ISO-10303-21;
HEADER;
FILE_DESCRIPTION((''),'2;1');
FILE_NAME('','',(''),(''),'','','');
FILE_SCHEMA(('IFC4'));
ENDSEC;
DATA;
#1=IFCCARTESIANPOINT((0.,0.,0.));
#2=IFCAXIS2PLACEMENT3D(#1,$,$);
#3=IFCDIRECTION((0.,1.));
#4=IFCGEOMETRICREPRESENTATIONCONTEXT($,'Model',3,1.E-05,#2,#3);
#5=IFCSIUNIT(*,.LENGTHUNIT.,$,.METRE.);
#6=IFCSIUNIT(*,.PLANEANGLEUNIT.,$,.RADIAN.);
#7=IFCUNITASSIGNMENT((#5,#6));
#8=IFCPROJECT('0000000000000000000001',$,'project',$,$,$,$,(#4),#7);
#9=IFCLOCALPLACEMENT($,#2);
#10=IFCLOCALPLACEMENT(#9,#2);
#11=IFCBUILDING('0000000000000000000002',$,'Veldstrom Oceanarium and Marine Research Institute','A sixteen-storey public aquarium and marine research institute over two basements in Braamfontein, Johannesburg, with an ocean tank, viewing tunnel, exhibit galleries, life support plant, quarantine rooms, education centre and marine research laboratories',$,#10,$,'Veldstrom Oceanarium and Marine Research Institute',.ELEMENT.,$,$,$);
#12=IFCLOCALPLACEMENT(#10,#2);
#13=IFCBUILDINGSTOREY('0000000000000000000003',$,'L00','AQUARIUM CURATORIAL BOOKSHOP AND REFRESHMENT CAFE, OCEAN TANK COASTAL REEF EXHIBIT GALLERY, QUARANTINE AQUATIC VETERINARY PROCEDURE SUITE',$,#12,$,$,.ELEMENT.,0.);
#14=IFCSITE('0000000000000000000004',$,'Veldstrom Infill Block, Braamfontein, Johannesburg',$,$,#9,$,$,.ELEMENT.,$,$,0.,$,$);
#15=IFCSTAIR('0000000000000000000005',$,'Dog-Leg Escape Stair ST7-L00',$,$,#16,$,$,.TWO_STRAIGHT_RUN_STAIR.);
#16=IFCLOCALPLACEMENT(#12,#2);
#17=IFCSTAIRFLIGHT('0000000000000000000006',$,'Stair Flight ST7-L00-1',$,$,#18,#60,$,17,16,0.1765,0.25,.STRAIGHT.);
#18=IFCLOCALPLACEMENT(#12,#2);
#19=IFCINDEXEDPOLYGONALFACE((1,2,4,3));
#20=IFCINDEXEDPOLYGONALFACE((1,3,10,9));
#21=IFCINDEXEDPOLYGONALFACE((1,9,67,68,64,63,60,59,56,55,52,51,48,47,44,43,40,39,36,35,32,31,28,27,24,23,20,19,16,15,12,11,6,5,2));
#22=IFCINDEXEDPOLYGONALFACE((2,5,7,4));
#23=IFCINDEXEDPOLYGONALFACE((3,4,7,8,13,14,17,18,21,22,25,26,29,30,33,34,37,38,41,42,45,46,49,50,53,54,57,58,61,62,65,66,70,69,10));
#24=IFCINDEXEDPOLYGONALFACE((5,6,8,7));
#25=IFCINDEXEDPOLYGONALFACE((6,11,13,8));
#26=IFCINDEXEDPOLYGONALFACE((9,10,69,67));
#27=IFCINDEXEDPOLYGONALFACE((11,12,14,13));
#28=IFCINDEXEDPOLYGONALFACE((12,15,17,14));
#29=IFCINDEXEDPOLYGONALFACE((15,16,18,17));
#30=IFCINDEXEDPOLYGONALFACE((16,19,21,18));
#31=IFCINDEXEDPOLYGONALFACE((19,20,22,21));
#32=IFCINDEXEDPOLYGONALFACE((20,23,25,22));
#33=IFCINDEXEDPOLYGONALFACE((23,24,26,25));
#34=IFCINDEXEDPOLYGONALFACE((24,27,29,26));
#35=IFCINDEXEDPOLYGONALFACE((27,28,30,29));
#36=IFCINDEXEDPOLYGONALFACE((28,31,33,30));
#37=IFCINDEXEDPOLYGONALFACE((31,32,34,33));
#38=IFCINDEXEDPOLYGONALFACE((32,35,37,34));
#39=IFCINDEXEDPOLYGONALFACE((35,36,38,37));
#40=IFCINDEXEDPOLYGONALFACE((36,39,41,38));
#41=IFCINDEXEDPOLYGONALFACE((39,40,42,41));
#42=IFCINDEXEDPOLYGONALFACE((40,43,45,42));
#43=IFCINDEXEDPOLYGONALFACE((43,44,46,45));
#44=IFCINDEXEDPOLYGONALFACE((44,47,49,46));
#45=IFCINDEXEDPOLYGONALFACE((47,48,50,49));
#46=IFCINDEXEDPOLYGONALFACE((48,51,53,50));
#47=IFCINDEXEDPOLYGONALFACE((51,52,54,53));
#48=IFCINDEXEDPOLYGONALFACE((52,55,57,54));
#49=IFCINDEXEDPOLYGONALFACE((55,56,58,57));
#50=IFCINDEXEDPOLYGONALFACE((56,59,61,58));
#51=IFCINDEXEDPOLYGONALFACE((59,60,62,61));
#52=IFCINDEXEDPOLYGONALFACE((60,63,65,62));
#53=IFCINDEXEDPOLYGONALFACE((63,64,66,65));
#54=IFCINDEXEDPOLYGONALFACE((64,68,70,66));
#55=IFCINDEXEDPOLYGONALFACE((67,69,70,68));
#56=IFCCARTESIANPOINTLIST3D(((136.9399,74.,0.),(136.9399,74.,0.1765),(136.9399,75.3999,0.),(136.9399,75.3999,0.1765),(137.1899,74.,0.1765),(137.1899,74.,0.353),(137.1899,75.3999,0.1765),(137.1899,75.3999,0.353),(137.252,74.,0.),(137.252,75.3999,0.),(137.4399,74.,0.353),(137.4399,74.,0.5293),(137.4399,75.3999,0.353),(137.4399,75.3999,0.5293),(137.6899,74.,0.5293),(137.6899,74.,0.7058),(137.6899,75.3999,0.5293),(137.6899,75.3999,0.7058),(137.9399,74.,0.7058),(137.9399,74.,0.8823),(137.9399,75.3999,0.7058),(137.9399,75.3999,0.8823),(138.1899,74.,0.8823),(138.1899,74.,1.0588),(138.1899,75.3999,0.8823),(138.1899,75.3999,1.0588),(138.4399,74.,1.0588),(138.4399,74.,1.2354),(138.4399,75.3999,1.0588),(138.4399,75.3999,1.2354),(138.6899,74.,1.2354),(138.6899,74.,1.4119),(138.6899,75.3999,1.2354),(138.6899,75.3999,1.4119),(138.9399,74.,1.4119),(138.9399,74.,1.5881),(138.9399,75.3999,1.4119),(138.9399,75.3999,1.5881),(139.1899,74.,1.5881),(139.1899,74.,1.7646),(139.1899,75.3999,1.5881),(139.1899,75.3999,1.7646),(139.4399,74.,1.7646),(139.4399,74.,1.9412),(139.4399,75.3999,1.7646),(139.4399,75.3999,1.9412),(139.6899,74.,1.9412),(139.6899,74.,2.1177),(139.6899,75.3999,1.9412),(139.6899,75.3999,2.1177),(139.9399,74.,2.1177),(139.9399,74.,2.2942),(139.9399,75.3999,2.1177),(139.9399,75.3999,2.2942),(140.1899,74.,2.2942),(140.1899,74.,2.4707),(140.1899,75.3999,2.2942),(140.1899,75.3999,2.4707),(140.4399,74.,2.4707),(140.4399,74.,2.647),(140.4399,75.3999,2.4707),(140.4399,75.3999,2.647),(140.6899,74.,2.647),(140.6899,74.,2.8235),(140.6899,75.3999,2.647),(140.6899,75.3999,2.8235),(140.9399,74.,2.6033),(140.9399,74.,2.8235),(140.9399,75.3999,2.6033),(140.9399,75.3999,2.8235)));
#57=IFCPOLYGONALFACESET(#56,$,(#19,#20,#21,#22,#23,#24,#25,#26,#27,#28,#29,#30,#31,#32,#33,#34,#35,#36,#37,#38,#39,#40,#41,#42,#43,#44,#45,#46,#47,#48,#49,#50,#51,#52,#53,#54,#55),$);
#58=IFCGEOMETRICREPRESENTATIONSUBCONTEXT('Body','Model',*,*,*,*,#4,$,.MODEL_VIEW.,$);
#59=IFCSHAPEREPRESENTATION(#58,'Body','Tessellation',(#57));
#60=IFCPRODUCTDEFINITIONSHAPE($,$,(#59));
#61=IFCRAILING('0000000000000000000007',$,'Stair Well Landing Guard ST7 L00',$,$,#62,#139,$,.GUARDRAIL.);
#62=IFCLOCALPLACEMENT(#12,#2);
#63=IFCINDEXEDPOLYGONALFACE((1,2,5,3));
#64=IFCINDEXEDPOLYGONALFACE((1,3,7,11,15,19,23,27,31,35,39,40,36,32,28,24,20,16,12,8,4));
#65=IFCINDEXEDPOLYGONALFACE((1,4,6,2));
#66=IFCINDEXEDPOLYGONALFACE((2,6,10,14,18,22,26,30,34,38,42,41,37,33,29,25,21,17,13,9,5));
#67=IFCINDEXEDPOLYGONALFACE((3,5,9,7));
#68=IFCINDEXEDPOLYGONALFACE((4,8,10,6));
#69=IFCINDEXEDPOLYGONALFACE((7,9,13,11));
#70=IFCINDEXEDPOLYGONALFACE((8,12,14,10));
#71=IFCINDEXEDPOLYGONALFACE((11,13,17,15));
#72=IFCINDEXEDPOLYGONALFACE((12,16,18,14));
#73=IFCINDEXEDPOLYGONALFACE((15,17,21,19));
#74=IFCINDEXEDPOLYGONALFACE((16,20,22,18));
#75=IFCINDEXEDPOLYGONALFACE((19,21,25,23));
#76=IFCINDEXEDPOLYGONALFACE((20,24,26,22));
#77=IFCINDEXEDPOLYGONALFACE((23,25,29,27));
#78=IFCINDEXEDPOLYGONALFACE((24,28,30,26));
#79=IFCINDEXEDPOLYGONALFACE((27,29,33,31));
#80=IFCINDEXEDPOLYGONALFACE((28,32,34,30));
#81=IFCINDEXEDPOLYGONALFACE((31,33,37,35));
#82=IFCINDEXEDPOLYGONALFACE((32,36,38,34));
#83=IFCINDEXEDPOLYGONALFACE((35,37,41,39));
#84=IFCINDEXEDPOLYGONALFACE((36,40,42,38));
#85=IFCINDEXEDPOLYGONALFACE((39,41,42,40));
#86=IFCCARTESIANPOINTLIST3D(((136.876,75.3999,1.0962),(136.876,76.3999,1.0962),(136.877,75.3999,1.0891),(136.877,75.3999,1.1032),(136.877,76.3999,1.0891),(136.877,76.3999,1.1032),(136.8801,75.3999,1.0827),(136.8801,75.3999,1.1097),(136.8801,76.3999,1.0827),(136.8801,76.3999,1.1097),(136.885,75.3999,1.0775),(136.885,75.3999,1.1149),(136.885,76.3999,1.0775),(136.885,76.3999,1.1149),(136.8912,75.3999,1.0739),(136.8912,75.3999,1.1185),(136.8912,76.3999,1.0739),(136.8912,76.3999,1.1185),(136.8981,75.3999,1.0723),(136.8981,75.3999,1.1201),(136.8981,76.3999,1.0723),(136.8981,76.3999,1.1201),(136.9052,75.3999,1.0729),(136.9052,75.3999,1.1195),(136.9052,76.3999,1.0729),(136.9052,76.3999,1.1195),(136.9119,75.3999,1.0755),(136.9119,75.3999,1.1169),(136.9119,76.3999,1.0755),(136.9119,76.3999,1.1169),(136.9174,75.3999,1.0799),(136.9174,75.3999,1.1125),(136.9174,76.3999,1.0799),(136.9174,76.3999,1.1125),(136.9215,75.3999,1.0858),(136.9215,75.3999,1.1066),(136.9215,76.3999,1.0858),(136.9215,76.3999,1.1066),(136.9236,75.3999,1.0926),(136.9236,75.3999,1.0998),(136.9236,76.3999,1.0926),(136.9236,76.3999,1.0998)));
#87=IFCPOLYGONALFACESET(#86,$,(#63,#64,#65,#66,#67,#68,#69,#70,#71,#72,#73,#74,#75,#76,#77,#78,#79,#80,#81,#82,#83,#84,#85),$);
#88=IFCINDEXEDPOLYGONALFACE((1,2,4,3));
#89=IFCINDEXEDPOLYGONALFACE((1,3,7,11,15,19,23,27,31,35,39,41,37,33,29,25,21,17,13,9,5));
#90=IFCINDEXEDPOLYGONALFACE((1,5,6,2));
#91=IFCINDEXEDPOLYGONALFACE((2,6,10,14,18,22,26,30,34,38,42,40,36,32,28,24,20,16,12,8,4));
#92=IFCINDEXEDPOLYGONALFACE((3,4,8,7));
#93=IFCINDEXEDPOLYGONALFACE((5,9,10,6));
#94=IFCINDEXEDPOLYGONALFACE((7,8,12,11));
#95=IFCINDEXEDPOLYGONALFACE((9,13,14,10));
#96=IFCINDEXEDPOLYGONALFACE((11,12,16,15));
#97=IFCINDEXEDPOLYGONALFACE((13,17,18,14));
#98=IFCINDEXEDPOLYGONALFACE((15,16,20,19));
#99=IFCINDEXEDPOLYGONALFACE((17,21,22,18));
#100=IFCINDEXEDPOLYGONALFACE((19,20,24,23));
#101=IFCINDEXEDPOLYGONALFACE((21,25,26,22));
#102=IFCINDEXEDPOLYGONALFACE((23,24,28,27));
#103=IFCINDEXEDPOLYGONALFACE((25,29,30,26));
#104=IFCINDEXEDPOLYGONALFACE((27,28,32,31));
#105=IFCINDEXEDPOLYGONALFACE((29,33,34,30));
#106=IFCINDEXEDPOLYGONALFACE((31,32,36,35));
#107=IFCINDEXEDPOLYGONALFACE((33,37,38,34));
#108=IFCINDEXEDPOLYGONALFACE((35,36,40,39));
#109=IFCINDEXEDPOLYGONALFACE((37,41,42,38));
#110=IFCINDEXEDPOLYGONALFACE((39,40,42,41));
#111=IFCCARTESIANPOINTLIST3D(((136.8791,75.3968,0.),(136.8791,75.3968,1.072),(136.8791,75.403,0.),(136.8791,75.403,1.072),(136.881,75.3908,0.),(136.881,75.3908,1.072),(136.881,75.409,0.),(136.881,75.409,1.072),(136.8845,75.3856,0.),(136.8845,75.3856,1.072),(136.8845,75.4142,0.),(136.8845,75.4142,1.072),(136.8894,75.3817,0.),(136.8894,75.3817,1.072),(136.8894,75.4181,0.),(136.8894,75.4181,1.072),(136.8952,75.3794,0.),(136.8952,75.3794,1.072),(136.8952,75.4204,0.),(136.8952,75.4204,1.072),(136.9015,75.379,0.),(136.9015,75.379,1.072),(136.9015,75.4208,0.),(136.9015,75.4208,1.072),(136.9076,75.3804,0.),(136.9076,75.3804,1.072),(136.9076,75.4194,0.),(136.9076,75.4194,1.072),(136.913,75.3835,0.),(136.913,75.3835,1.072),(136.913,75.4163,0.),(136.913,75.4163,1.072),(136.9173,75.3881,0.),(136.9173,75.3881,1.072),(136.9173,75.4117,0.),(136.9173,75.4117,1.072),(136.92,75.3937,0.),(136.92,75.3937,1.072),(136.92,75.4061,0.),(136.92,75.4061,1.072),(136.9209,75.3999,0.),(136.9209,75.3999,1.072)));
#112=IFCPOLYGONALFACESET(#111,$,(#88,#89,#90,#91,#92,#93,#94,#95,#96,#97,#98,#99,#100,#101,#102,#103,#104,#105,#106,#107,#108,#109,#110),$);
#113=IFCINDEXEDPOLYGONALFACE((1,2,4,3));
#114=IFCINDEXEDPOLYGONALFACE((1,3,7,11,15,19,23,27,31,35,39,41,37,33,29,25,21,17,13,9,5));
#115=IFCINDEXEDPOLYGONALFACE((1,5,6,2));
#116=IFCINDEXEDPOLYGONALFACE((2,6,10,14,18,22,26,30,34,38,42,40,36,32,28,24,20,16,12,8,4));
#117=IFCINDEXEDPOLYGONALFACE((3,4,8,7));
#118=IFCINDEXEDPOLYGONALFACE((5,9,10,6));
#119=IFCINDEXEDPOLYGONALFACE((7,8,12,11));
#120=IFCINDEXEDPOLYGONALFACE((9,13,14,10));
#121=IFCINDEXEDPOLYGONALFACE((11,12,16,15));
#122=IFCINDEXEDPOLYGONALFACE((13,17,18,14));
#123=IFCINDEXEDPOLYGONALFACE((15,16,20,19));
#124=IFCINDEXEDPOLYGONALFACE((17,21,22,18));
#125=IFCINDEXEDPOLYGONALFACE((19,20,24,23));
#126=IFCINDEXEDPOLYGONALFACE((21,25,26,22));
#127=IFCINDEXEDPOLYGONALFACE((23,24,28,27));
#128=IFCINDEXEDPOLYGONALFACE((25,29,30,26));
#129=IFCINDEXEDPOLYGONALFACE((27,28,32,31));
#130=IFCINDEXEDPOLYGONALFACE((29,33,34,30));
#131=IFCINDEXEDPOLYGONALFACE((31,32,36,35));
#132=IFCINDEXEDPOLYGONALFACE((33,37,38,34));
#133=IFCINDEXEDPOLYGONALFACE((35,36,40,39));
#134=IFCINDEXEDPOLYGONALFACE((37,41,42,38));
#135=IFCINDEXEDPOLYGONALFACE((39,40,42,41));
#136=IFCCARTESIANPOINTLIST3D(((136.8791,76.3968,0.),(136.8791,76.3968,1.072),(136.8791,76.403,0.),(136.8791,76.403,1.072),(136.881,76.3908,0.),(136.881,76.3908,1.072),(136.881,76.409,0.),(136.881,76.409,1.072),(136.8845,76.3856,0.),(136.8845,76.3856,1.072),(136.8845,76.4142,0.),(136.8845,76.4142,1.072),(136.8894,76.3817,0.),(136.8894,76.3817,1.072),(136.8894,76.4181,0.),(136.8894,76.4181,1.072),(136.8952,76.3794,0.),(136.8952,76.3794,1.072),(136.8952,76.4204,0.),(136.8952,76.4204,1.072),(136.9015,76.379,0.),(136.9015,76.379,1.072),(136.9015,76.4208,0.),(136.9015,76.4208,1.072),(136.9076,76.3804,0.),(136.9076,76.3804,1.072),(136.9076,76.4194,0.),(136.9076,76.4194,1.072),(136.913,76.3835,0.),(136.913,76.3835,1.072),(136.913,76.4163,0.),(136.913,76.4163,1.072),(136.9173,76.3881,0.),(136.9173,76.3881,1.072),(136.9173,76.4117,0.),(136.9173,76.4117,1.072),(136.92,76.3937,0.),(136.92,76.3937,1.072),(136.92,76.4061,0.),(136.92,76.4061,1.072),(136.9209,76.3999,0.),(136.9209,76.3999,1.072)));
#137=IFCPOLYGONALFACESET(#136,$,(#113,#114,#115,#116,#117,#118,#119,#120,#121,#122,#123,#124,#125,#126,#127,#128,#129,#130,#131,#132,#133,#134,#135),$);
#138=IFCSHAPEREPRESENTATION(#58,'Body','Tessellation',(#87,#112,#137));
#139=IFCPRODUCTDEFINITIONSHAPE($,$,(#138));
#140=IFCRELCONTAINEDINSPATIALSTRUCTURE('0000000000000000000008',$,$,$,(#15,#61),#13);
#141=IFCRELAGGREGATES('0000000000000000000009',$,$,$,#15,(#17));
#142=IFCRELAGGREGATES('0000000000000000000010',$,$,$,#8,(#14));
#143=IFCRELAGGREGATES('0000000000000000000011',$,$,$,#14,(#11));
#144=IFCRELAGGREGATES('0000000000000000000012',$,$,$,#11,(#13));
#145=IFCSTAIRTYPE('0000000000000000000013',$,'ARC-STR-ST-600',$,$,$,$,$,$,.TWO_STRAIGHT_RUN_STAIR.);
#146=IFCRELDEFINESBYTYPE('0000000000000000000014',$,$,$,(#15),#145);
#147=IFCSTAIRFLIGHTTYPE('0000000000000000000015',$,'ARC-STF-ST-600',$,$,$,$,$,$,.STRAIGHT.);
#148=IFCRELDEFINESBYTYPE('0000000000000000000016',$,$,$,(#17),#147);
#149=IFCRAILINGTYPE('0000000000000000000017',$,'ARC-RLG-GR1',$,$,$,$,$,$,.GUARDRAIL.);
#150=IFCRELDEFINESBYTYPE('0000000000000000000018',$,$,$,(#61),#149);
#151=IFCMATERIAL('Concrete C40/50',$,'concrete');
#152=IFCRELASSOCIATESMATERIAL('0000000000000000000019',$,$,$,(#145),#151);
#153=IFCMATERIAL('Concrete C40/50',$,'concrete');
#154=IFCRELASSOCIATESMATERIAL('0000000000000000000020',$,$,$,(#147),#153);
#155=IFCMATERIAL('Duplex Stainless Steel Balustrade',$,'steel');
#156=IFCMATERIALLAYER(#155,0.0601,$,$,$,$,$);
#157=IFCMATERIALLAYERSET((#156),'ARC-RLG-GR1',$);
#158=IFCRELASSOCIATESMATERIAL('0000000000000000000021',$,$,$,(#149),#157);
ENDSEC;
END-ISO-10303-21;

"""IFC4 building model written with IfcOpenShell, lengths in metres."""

from ifc_helpers import new_model, si_unit, direction, frame, origin, origin_2d, place, context, subcontext, project, spatial, polyline, circle, outline, extrude, material, layer, layer_set, type_object, element, aggregate, save


model = new_model("IFC4")

# Units and contexts
model_context = context("Model", 3, precision=1e-05, world=origin(), true_north=direction((0.0, 1.0)))
body_context = subcontext(model_context, "Body", "Model", "MODEL_VIEW")
ifc_project = project(units=[si_unit("LENGTHUNIT", "METRE"), si_unit("PLANEANGLEUNIT", "RADIAN")], contexts=[model_context])

# Site, building, storey
site_placement = place(None, origin())
site = spatial("IfcSite", under=ifc_project, at=site_placement, Name="Veldstrom Infill Block, Braamfontein, Johannesburg", CompositionType="ELEMENT", RefElevation=0.0)
building_placement = place(site_placement, origin())
building = spatial("IfcBuilding", under=site, at=building_placement, Name="Veldstrom Oceanarium and Marine Research Institute", Description="A sixteen-storey public aquarium and marine research institute over two basements in Braamfontein, Johannesburg, with an ocean tank, viewing tunnel, exhibit galleries, life support plant, quarantine rooms, education centre and marine research laboratories", LongName="Veldstrom Oceanarium and Marine Research Institute", CompositionType="ELEMENT")
storey_placement = place(building_placement, origin())
storey = spatial("IfcBuildingStorey", under=building, at=storey_placement, Name="L00", Description="AQUARIUM CURATORIAL BOOKSHOP AND REFRESHMENT CAFE, OCEAN TANK COASTAL REEF EXHIBIT GALLERY, QUARANTINE AQUATIC VETERINARY PROCEDURE SUITE", CompositionType="ELEMENT", Elevation=0.0)

# Stair, stair flight
ifc_material_1 = material(Name="Concrete C40/50", Category="concrete")
stair_type = type_object("IfcStairType", Name="ARC-STR-ST-600", PredefinedType="TWO_STRAIGHT_RUN_STAIR", material=ifc_material_1)
stair_placement = place(storey_placement, origin())
stair = element("IfcStair", 1, at=stair_placement, inside=storey, type_object=stair_type, Name="Dog-Leg Escape Stair ST7-L00", PredefinedType="TWO_STRAIGHT_RUN_STAIR")
ifc_material_2 = material(Name="Concrete C40/50", Category="concrete")
stair_flight_type = type_object("IfcStairFlightType", Name="ARC-STF-ST-600", PredefinedType="STRAIGHT", material=ifc_material_2)
stair_flight_placement = place(storey_placement, frame((136.9399, 74.7, 0.0), z_axis=(0.0, 0.0, 1.0), x_axis=(1.0, 0.0, 0.0)))
stair_flight = element("IfcStairFlight", 2, at=stair_flight_placement, type_object=stair_flight_type, Name="Stair Flight ST7-L00-1", NumberOfRisers=17, NumberOfTreads=16, PredefinedType="STRAIGHT", RiserHeight=0.1765, TreadLength=0.25, context=body_context, shape_type="SweptSolid", body=[
    extrude(outline(polyline([(0.0, 0.0), (0.0, 0.1765), (0.25, 0.1765), (0.25, 0.353), (0.5, 0.353), (0.5, 0.5293), (0.75, 0.5293), (0.75, 0.7058), (1.0, 0.7058), (1.0, 0.8823), (1.25, 0.8823), (1.25, 1.0588), (1.5, 1.0588), (1.5, 1.2354), (1.75, 1.2354), (1.75, 1.4119), (2.0, 1.4119), (2.0, 1.5881), (2.25, 1.5881), (2.25, 1.7646), (2.5, 1.7646), (2.5, 1.9412), (2.75, 1.9412), (2.75, 2.1177), (3.0, 2.1177), (3.0, 2.2942), (3.25, 2.2942), (3.25, 2.4707), (3.5, 2.4707), (3.5, 2.647), (3.75, 2.647), (3.75, 2.8235), (4.0, 2.8235), (4.0, 3.0), (4.0, 2.6033), (0.312, 0.0), (0.0, 0.0)])), frame((0.0, 0.7, 0.0), z_axis=(0.0, -1.0, 0.0), x_axis=(1.0, 0.0, 0.0)), (0.0, 0.0, 1.0), 1.3999),
])
aggregate(stair, [stair_flight])

# Railing
ifc_material_3 = material(Name="Duplex Stainless Steel Balustrade", Category="steel")
ifc_layer_1 = layer(ifc_material_3, 0.0601)
ifc_layer_set_1 = layer_set([ifc_layer_1], Name="ARC-RLG-GR1")
railing_type_1 = type_object("IfcRailingType", Name="ARC-RLG-GR1", PredefinedType="GUARDRAIL", material=ifc_layer_set_1)
railing_1_placement = place(storey_placement, frame((136.8999, 75.3999, 0.0)))
element("IfcRailing", 3, at=railing_1_placement, inside=storey, type_object=railing_type_1, Name="Stair Well Landing Guard ST7 L00", PredefinedType="GUARDRAIL", context=body_context, shape_type="SweptSolid", body=[
    extrude(circle(Radius=0.0239, at=origin_2d()), frame((0.0, 0.0, 1.0962), z_axis=(0.0, 1.0, 0.0), x_axis=(-1.0, 0.0, 0.0)), (0.0, 0.0, 1.0), 1.0),
    extrude(circle(Radius=0.021, at=origin_2d()), origin(), (0.0, 0.0, 1.0), 1.072),
    extrude(circle(Radius=0.021, at=origin_2d()), frame((0.0, 1.0, 0.0)), (0.0, 0.0, 1.0), 1.072),
])

save(model, "model.ifc")
